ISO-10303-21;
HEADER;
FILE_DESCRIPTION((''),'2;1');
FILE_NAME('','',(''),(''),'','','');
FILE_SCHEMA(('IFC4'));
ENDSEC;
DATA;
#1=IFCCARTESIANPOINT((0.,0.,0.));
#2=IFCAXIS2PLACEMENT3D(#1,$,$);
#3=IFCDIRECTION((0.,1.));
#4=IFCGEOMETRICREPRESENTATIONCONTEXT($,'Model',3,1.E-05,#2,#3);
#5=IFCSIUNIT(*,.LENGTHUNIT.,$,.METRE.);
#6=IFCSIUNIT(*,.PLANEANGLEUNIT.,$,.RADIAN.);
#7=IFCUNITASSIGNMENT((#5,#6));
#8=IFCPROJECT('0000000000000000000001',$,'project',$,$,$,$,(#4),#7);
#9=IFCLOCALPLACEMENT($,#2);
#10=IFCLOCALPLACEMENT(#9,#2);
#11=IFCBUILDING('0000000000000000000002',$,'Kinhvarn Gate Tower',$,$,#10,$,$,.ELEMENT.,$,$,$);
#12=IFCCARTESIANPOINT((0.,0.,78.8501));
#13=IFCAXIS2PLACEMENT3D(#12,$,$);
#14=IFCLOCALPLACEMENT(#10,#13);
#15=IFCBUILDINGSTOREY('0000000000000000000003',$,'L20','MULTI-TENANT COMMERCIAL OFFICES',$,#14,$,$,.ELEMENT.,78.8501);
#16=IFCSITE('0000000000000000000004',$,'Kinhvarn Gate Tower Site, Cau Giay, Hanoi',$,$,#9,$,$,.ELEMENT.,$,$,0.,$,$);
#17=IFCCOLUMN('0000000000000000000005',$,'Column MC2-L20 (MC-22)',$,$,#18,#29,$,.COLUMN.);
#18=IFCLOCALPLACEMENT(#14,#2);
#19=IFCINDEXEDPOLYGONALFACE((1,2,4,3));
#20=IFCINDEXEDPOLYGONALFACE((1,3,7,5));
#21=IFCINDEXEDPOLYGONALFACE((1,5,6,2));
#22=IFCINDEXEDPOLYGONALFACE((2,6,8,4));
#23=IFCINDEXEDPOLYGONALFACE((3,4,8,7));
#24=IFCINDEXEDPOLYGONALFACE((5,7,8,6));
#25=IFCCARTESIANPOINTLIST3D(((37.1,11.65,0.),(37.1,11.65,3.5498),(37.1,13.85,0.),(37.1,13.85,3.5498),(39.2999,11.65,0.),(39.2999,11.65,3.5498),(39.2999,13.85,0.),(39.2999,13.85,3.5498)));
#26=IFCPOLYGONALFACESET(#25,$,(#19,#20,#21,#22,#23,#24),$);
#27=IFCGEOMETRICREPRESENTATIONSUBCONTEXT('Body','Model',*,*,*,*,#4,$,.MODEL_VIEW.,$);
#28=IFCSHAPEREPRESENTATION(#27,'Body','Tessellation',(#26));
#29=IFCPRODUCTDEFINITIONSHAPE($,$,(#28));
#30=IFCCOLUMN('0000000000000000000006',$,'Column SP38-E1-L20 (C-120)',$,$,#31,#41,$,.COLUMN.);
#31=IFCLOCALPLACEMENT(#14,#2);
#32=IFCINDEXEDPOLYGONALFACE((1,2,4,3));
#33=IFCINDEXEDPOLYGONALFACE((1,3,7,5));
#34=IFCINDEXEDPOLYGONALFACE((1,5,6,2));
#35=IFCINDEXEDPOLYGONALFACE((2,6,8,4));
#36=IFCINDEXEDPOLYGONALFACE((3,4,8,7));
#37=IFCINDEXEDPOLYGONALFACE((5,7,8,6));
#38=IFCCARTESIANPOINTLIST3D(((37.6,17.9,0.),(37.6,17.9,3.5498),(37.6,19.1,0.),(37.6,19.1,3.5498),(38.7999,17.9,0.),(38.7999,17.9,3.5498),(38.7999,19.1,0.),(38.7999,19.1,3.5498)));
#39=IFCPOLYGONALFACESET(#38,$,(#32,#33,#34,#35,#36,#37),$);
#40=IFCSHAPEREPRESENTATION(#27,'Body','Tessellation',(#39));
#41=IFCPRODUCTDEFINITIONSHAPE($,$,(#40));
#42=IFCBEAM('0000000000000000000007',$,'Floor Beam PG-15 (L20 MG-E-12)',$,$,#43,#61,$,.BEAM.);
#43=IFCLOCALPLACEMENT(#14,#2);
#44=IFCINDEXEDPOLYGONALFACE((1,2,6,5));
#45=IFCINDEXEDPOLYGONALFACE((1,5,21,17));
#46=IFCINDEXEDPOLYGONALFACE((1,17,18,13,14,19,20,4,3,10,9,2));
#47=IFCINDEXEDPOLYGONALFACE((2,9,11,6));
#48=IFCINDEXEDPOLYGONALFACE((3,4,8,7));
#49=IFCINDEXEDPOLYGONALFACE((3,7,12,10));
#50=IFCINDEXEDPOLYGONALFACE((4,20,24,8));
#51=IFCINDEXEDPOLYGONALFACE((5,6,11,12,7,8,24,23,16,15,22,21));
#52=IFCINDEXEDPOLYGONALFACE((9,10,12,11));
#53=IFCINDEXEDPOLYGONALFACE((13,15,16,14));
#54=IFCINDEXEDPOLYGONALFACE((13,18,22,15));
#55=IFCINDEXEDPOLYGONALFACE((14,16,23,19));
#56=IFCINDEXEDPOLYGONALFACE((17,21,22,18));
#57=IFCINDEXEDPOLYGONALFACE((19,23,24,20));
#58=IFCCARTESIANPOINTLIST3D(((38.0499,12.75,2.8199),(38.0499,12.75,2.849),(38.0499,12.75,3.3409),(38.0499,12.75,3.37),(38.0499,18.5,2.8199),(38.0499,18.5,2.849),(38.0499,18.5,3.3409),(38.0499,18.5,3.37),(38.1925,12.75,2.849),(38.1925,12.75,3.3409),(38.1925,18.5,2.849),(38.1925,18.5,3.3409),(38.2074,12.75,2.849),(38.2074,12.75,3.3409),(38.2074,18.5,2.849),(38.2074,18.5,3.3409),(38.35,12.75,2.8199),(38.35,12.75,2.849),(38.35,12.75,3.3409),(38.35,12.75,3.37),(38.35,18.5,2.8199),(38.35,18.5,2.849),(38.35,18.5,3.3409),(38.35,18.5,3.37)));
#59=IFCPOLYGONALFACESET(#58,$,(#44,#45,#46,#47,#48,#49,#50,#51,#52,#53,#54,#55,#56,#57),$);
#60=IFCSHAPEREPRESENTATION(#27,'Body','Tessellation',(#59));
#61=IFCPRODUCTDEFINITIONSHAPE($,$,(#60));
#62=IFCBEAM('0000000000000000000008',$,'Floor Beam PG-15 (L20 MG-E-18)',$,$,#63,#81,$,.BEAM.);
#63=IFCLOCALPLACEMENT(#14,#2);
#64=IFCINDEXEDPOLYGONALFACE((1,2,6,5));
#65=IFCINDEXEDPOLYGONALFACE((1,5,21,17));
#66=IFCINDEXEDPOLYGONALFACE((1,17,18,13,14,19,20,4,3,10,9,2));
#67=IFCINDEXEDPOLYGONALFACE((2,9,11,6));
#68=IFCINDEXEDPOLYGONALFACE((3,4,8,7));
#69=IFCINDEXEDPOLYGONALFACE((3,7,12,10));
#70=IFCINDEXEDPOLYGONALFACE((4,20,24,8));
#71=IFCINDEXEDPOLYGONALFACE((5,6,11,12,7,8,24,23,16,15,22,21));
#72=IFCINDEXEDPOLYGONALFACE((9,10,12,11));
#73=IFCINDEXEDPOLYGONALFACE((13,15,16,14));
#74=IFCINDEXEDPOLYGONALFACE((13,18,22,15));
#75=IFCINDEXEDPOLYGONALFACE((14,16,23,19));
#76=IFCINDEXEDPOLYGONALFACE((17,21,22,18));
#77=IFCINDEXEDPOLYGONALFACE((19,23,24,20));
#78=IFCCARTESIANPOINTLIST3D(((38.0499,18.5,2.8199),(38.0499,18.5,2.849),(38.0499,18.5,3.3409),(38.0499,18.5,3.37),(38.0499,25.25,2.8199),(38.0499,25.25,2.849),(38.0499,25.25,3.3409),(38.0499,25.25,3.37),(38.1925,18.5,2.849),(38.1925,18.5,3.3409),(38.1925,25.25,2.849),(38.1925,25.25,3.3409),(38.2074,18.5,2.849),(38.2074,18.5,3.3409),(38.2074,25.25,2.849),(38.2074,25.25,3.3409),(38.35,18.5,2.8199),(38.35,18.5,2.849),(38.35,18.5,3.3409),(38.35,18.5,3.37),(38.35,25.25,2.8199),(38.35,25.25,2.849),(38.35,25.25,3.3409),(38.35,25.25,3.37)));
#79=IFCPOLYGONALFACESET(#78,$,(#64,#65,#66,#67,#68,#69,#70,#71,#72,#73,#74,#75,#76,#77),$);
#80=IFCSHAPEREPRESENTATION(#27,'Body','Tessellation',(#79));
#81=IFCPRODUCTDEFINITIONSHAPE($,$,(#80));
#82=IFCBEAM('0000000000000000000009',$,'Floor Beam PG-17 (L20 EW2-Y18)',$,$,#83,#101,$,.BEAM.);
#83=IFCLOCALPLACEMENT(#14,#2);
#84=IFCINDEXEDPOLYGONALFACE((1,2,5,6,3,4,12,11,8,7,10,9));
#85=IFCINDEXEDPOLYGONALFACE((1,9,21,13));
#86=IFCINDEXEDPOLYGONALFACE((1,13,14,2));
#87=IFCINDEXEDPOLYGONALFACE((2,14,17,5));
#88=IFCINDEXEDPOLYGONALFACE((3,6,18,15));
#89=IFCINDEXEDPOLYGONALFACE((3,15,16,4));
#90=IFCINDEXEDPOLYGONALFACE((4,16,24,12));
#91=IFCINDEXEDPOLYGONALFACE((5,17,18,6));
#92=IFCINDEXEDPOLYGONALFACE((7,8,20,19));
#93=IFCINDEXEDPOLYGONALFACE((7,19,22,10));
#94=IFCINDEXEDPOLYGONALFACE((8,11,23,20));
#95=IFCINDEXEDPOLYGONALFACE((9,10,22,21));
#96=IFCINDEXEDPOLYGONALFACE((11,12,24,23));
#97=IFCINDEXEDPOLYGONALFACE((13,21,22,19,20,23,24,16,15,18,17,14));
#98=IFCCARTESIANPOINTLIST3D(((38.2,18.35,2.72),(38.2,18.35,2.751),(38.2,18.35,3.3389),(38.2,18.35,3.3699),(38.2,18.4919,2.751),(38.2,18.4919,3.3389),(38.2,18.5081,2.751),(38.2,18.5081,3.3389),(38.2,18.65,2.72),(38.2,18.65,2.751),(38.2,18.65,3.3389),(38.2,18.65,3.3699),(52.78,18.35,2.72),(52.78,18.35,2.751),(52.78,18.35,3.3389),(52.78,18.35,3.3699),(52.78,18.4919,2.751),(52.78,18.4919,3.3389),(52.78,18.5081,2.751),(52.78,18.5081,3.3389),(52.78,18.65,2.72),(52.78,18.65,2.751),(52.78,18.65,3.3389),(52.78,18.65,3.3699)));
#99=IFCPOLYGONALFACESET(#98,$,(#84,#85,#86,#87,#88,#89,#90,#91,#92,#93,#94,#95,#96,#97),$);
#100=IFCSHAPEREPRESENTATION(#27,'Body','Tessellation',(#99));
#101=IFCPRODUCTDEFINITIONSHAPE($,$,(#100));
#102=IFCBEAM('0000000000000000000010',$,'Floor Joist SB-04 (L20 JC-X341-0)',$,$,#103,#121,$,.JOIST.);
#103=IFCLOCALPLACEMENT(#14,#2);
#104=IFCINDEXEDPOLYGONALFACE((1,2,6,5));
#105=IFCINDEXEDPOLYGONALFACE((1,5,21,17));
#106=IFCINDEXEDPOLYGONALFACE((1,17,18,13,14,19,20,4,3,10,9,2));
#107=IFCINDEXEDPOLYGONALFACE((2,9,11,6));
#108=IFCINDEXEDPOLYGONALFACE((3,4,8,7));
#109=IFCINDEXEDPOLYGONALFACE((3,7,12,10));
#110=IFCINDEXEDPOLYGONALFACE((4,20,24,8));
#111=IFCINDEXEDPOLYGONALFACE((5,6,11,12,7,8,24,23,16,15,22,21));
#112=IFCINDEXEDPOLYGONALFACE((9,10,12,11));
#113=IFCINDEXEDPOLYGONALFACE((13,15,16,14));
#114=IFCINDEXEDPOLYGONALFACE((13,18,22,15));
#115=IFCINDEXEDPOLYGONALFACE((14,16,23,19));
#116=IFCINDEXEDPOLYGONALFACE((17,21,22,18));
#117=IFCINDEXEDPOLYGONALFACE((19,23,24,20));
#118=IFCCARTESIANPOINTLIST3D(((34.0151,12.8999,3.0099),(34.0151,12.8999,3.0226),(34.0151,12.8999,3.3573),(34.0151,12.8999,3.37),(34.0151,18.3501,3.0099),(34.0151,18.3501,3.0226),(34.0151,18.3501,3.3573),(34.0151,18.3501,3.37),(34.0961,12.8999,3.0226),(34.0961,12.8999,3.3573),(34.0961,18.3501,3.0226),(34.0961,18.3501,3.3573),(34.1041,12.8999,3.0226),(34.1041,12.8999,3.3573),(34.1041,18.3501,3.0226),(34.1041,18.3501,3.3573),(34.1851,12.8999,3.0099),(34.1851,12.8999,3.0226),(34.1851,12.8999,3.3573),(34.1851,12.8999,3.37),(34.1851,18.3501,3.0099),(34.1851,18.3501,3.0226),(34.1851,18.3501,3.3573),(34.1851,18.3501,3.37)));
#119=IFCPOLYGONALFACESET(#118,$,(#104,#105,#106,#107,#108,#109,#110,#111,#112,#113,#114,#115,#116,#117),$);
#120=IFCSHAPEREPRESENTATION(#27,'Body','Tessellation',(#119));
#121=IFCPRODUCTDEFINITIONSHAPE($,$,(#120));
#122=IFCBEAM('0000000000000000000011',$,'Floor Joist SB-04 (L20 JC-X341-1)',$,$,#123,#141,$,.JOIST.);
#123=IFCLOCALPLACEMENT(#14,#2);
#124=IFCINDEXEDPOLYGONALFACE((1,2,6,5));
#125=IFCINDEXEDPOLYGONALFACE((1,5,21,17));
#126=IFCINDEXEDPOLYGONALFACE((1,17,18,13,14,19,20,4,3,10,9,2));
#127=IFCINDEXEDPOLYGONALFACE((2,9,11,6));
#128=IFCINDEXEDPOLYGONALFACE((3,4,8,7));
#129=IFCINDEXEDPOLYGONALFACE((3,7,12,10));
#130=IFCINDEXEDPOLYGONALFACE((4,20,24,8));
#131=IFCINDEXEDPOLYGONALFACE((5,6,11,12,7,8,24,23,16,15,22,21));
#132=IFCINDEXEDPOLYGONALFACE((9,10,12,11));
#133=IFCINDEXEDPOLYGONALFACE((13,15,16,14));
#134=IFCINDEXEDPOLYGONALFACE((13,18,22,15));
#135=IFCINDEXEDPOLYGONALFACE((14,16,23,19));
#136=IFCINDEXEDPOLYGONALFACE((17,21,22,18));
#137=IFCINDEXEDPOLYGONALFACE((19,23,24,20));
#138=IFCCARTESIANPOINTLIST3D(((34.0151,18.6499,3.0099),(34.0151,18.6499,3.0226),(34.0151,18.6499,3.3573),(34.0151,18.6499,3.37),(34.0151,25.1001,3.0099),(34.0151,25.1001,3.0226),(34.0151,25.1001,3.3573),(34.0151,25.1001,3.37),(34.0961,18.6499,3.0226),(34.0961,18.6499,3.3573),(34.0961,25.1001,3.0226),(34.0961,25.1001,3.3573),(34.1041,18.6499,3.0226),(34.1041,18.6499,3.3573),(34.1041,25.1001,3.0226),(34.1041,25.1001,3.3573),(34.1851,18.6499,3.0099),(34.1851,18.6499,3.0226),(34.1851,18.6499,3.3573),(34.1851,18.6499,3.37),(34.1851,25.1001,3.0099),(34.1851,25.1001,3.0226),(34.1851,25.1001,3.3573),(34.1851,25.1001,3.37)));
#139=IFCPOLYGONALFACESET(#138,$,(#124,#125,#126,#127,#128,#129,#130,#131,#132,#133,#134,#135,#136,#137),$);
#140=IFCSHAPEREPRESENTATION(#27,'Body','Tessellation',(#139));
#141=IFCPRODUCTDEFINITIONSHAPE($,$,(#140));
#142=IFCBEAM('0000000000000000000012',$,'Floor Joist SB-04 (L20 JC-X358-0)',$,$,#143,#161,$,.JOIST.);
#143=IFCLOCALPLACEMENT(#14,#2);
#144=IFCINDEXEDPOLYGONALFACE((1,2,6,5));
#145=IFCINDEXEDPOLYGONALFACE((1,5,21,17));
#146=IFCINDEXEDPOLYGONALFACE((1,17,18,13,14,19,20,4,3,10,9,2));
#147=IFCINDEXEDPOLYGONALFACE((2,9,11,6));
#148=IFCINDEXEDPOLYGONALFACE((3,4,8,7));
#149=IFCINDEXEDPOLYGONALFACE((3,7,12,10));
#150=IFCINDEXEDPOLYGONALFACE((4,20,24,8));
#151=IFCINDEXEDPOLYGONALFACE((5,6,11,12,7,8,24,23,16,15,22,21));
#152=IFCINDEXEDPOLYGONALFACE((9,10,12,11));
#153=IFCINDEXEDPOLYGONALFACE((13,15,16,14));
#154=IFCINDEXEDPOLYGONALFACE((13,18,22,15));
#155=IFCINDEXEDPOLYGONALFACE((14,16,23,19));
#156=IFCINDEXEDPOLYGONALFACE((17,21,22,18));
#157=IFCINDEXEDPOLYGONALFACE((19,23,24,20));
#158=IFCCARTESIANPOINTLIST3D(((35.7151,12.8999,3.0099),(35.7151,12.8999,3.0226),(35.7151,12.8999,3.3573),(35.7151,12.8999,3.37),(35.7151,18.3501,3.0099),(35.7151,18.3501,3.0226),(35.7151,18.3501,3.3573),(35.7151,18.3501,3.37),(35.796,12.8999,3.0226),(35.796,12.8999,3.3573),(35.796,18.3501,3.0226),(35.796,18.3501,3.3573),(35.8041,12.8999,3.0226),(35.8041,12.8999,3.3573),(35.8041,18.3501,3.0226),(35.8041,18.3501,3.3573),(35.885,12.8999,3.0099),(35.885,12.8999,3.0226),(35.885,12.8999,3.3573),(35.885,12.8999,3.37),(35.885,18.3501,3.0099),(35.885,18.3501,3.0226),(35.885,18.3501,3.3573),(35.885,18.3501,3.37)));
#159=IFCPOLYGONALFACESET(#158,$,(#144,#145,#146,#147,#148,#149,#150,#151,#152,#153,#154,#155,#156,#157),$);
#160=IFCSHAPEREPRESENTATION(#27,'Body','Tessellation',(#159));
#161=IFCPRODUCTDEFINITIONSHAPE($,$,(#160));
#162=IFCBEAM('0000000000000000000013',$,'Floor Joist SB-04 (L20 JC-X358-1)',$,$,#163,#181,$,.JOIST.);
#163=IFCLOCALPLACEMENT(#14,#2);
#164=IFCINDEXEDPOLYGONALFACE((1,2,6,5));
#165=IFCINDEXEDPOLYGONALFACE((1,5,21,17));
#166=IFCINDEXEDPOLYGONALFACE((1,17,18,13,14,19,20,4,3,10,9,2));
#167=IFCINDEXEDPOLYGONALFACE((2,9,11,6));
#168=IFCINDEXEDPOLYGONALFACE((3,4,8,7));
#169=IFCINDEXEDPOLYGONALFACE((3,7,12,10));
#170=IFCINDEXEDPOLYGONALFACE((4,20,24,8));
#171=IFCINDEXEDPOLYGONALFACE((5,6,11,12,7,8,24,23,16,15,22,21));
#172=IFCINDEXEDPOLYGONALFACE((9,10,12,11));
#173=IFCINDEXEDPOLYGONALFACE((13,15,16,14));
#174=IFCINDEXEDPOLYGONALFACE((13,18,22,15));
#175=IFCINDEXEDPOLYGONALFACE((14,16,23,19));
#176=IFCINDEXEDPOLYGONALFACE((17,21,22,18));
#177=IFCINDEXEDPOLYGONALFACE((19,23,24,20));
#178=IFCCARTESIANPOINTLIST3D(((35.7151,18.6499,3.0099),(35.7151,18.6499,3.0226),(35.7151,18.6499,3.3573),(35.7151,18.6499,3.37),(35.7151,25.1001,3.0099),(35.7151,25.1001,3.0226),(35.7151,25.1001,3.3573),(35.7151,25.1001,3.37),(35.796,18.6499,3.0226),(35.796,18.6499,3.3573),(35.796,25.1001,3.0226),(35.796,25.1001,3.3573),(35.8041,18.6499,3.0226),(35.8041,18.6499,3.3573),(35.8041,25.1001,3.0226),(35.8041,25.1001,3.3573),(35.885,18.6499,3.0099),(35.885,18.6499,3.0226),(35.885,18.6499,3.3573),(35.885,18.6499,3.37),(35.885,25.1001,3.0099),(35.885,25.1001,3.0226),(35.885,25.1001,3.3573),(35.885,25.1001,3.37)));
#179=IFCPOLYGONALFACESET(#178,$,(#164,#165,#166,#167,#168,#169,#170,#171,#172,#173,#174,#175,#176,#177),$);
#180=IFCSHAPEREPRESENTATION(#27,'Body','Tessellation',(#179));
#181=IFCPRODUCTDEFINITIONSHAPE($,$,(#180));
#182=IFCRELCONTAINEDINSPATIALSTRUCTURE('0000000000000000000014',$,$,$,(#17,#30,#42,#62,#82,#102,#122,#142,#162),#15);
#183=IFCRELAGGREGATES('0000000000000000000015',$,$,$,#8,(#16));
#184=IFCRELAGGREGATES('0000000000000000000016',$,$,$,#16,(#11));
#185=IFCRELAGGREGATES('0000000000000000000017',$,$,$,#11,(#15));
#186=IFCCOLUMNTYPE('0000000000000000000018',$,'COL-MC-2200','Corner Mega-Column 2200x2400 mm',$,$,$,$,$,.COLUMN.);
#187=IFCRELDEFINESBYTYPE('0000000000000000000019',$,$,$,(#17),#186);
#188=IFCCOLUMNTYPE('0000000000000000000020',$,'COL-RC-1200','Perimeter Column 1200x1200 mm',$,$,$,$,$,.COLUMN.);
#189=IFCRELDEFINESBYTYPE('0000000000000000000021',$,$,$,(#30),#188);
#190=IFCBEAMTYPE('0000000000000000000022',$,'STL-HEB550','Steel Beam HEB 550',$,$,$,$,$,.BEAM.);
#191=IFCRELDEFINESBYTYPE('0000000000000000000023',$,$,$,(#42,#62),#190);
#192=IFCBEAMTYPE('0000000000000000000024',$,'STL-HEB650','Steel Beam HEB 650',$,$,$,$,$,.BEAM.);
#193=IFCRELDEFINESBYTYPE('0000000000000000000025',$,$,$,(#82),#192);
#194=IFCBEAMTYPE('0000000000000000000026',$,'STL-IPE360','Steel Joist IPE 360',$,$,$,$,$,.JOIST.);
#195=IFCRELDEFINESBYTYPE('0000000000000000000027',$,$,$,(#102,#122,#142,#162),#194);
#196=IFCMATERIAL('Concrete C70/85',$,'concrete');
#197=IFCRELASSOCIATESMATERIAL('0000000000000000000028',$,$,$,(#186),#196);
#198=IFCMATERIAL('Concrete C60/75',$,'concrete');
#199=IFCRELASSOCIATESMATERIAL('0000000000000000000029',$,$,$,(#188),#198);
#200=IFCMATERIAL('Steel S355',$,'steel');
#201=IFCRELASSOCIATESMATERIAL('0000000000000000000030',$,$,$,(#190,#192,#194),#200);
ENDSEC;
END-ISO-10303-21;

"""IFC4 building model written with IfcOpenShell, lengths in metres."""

from ifc_helpers import new_model, si_unit, direction, frame, origin, origin_2d, place, context, subcontext, project, spatial, rectangle, i_section, extrude, material, material_profile, profile_set, type_object, element, save


model = new_model("IFC4")

# Units and contexts
model_context = context("Model", 3, precision=1e-05, world=origin(), true_north=direction((0.0, 1.0)))
body_context = subcontext(model_context, "Body", "Model", "MODEL_VIEW")
ifc_project = project(units=[si_unit("LENGTHUNIT", "METRE"), si_unit("PLANEANGLEUNIT", "RADIAN")], contexts=[model_context])

# Site, building, storey
site_placement = place(None, origin())
site = spatial("IfcSite", under=ifc_project, at=site_placement, Name="Kinhvarn Gate Tower Site, Cau Giay, Hanoi", CompositionType="ELEMENT", RefElevation=0.0)
building_placement = place(site_placement, origin())
building = spatial("IfcBuilding", under=site, at=building_placement, Name="Kinhvarn Gate Tower", CompositionType="ELEMENT")
storey_placement = place(building_placement, frame((0.0, 0.0, 78.8501)))
storey = spatial("IfcBuildingStorey", under=building, at=storey_placement, Name="L20", Description="MULTI-TENANT COMMERCIAL OFFICES", CompositionType="ELEMENT", Elevation=78.8501)

# Columns
ifc_material_1 = material(Name="Concrete C70/85", Category="concrete")
ifc_material_profile_1 = material_profile(ifc_material_1, rectangle(XDim=2.2, YDim=2.2, at=origin_2d()), Name="RC 2200x2200")
ifc_profile_set_1 = profile_set([ifc_material_profile_1], Name="Concrete C70/85")
column_type_1 = type_object("IfcColumnType", Name="COL-MC-2200", Description="Corner Mega-Column 2200x2400 mm", PredefinedType="COLUMN", material=ifc_profile_set_1)
column_1_placement = place(storey_placement, frame((38.2, 12.75, 0.0), z_axis=(0.0, 0.0, 1.0), x_axis=(1.0, 0.0, 0.0)))
element("IfcColumn", 1, at=column_1_placement, inside=storey, type_object=column_type_1, Name="Column MC2-L20 (MC-22)", PredefinedType="COLUMN", context=body_context, shape_type="SweptSolid", body=[
    extrude(rectangle(XDim=2.2, YDim=2.2, at=origin_2d()), origin(), (0.0, 0.0, 1.0), 3.5498),
])
ifc_material_2 = material(Name="Concrete C60/75", Category="concrete")
ifc_material_profile_2 = material_profile(ifc_material_2, rectangle(XDim=1.2, YDim=1.2, at=origin_2d()), Name="RC 1200x1200")
ifc_profile_set_2 = profile_set([ifc_material_profile_2], Name="Concrete C60/75")
column_type_2 = type_object("IfcColumnType", Name="COL-RC-1200", Description="Perimeter Column 1200x1200 mm", PredefinedType="COLUMN", material=ifc_profile_set_2)
column_2_placement = place(storey_placement, frame((38.2, 18.5, 0.0), z_axis=(0.0, 0.0, 1.0), x_axis=(1.0, 0.0, 0.0)))
element("IfcColumn", 2, at=column_2_placement, inside=storey, type_object=column_type_2, Name="Column SP38-E1-L20 (C-120)", PredefinedType="COLUMN", context=body_context, shape_type="SweptSolid", body=[
    extrude(rectangle(XDim=1.2, YDim=1.2, at=origin_2d()), origin(), (0.0, 0.0, 1.0), 3.5498),
])

# Beams
ifc_material_3 = material(Name="Steel S355", Category="steel")
ifc_material_profile_3 = material_profile(ifc_material_3, i_section(OverallWidth=0.3, OverallDepth=0.55, WebThickness=0.0149, FlangeThickness=0.0291, at=origin_2d()), Name="HEB 550")
ifc_profile_set_3 = profile_set([ifc_material_profile_3], Name="Steel S355")
beam_type_1 = type_object("IfcBeamType", Name="STL-HEB550", Description="Steel Beam HEB 550", PredefinedType="BEAM", material=ifc_profile_set_3)
beam_1_placement = place(storey_placement, frame((38.2, 12.75, 3.095), z_axis=(0.0, 1.0, 0.0), x_axis=(-1.0, 0.0, 0.0)))
element("IfcBeam", 3, at=beam_1_placement, inside=storey, type_object=beam_type_1, Name="Floor Beam PG-15 (L20 MG-E-12)", PredefinedType="BEAM", context=body_context, shape_type="SweptSolid", body=[
    extrude(i_section(OverallWidth=0.3, OverallDepth=0.55, WebThickness=0.0149, FlangeThickness=0.0291, at=origin_2d()), origin(), (0.0, 0.0, 1.0), 5.75),
])
beam_2_placement = place(storey_placement, frame((38.2, 18.5, 3.095), z_axis=(0.0, 1.0, 0.0), x_axis=(-1.0, 0.0, 0.0)))
element("IfcBeam", 4, at=beam_2_placement, inside=storey, type_object=beam_type_1, Name="Floor Beam PG-15 (L20 MG-E-18)", PredefinedType="BEAM", context=body_context, shape_type="SweptSolid", body=[
    extrude(i_section(OverallWidth=0.3, OverallDepth=0.55, WebThickness=0.0149, FlangeThickness=0.0291, at=origin_2d()), origin(), (0.0, 0.0, 1.0), 6.75),
])
ifc_material_profile_4 = material_profile(ifc_material_3, i_section(OverallWidth=0.3, OverallDepth=0.6499, WebThickness=0.0161, FlangeThickness=0.031, at=origin_2d()), Name="HEB 650")
ifc_profile_set_4 = profile_set([ifc_material_profile_4], Name="Steel S355")
beam_type_2 = type_object("IfcBeamType", Name="STL-HEB650", Description="Steel Beam HEB 650", PredefinedType="BEAM", material=ifc_profile_set_4)
beam_3_placement = place(storey_placement, frame((38.2, 18.5, 3.0449), z_axis=(1.0, 0.0, 0.0), x_axis=(0.0, 1.0, 0.0)))
element("IfcBeam", 5, at=beam_3_placement, inside=storey, type_object=beam_type_2, Name="Floor Beam PG-17 (L20 EW2-Y18)", PredefinedType="BEAM", context=body_context, shape_type="SweptSolid", body=[
    extrude(i_section(OverallWidth=0.3, OverallDepth=0.6499, WebThickness=0.0161, FlangeThickness=0.031, at=origin_2d()), origin(), (0.0, 0.0, 1.0), 14.5801),
])
ifc_material_profile_5 = material_profile(ifc_material_3, i_section(OverallWidth=0.1699, OverallDepth=0.3601, WebThickness=0.0081, FlangeThickness=0.0127, at=origin_2d()), Name="IPE 360")
ifc_profile_set_5 = profile_set([ifc_material_profile_5], Name="Steel S355")
beam_type_3 = type_object("IfcBeamType", Name="STL-IPE360", Description="Steel Joist IPE 360", PredefinedType="JOIST", material=ifc_profile_set_5)
beam_4_placement = place(storey_placement, frame((34.1001, 12.8999, 3.1899), z_axis=(0.0, 1.0, 0.0), x_axis=(-1.0, 0.0, 0.0)))
element("IfcBeam", 6, at=beam_4_placement, inside=storey, type_object=beam_type_3, Name="Floor Joist SB-04 (L20 JC-X341-0)", PredefinedType="JOIST", context=body_context, shape_type="SweptSolid", body=[
    extrude(i_section(OverallWidth=0.1699, OverallDepth=0.3601, WebThickness=0.0081, FlangeThickness=0.0127, at=origin_2d()), origin(), (0.0, 0.0, 1.0), 5.4502),
])
beam_5_placement = place(storey_placement, frame((34.1001, 18.6499, 3.1899), z_axis=(0.0, 1.0, 0.0), x_axis=(-1.0, 0.0, 0.0)))
element("IfcBeam", 7, at=beam_5_placement, inside=storey, type_object=beam_type_3, Name="Floor Joist SB-04 (L20 JC-X341-1)", PredefinedType="JOIST", context=body_context, shape_type="SweptSolid", body=[
    extrude(i_section(OverallWidth=0.1699, OverallDepth=0.3601, WebThickness=0.0081, FlangeThickness=0.0127, at=origin_2d()), origin(), (0.0, 0.0, 1.0), 6.4502),
])
beam_6_placement = place(storey_placement, frame((35.8, 12.8999, 3.1899), z_axis=(0.0, 1.0, 0.0), x_axis=(-1.0, 0.0, 0.0)))
element("IfcBeam", 8, at=beam_6_placement, inside=storey, type_object=beam_type_3, Name="Floor Joist SB-04 (L20 JC-X358-0)", PredefinedType="JOIST", context=body_context, shape_type="SweptSolid", body=[
    extrude(i_section(OverallWidth=0.1699, OverallDepth=0.3601, WebThickness=0.0081, FlangeThickness=0.0127, at=origin_2d()), origin(), (0.0, 0.0, 1.0), 5.4502),
])
beam_7_placement = place(storey_placement, frame((35.8, 18.6499, 3.1899), z_axis=(0.0, 1.0, 0.0), x_axis=(-1.0, 0.0, 0.0)))
element("IfcBeam", 9, at=beam_7_placement, inside=storey, type_object=beam_type_3, Name="Floor Joist SB-04 (L20 JC-X358-1)", PredefinedType="JOIST", context=body_context, shape_type="SweptSolid", body=[
    extrude(i_section(OverallWidth=0.1699, OverallDepth=0.3601, WebThickness=0.0081, FlangeThickness=0.0127, at=origin_2d()), origin(), (0.0, 0.0, 1.0), 6.4502),
])

save(model, "model.ifc")
